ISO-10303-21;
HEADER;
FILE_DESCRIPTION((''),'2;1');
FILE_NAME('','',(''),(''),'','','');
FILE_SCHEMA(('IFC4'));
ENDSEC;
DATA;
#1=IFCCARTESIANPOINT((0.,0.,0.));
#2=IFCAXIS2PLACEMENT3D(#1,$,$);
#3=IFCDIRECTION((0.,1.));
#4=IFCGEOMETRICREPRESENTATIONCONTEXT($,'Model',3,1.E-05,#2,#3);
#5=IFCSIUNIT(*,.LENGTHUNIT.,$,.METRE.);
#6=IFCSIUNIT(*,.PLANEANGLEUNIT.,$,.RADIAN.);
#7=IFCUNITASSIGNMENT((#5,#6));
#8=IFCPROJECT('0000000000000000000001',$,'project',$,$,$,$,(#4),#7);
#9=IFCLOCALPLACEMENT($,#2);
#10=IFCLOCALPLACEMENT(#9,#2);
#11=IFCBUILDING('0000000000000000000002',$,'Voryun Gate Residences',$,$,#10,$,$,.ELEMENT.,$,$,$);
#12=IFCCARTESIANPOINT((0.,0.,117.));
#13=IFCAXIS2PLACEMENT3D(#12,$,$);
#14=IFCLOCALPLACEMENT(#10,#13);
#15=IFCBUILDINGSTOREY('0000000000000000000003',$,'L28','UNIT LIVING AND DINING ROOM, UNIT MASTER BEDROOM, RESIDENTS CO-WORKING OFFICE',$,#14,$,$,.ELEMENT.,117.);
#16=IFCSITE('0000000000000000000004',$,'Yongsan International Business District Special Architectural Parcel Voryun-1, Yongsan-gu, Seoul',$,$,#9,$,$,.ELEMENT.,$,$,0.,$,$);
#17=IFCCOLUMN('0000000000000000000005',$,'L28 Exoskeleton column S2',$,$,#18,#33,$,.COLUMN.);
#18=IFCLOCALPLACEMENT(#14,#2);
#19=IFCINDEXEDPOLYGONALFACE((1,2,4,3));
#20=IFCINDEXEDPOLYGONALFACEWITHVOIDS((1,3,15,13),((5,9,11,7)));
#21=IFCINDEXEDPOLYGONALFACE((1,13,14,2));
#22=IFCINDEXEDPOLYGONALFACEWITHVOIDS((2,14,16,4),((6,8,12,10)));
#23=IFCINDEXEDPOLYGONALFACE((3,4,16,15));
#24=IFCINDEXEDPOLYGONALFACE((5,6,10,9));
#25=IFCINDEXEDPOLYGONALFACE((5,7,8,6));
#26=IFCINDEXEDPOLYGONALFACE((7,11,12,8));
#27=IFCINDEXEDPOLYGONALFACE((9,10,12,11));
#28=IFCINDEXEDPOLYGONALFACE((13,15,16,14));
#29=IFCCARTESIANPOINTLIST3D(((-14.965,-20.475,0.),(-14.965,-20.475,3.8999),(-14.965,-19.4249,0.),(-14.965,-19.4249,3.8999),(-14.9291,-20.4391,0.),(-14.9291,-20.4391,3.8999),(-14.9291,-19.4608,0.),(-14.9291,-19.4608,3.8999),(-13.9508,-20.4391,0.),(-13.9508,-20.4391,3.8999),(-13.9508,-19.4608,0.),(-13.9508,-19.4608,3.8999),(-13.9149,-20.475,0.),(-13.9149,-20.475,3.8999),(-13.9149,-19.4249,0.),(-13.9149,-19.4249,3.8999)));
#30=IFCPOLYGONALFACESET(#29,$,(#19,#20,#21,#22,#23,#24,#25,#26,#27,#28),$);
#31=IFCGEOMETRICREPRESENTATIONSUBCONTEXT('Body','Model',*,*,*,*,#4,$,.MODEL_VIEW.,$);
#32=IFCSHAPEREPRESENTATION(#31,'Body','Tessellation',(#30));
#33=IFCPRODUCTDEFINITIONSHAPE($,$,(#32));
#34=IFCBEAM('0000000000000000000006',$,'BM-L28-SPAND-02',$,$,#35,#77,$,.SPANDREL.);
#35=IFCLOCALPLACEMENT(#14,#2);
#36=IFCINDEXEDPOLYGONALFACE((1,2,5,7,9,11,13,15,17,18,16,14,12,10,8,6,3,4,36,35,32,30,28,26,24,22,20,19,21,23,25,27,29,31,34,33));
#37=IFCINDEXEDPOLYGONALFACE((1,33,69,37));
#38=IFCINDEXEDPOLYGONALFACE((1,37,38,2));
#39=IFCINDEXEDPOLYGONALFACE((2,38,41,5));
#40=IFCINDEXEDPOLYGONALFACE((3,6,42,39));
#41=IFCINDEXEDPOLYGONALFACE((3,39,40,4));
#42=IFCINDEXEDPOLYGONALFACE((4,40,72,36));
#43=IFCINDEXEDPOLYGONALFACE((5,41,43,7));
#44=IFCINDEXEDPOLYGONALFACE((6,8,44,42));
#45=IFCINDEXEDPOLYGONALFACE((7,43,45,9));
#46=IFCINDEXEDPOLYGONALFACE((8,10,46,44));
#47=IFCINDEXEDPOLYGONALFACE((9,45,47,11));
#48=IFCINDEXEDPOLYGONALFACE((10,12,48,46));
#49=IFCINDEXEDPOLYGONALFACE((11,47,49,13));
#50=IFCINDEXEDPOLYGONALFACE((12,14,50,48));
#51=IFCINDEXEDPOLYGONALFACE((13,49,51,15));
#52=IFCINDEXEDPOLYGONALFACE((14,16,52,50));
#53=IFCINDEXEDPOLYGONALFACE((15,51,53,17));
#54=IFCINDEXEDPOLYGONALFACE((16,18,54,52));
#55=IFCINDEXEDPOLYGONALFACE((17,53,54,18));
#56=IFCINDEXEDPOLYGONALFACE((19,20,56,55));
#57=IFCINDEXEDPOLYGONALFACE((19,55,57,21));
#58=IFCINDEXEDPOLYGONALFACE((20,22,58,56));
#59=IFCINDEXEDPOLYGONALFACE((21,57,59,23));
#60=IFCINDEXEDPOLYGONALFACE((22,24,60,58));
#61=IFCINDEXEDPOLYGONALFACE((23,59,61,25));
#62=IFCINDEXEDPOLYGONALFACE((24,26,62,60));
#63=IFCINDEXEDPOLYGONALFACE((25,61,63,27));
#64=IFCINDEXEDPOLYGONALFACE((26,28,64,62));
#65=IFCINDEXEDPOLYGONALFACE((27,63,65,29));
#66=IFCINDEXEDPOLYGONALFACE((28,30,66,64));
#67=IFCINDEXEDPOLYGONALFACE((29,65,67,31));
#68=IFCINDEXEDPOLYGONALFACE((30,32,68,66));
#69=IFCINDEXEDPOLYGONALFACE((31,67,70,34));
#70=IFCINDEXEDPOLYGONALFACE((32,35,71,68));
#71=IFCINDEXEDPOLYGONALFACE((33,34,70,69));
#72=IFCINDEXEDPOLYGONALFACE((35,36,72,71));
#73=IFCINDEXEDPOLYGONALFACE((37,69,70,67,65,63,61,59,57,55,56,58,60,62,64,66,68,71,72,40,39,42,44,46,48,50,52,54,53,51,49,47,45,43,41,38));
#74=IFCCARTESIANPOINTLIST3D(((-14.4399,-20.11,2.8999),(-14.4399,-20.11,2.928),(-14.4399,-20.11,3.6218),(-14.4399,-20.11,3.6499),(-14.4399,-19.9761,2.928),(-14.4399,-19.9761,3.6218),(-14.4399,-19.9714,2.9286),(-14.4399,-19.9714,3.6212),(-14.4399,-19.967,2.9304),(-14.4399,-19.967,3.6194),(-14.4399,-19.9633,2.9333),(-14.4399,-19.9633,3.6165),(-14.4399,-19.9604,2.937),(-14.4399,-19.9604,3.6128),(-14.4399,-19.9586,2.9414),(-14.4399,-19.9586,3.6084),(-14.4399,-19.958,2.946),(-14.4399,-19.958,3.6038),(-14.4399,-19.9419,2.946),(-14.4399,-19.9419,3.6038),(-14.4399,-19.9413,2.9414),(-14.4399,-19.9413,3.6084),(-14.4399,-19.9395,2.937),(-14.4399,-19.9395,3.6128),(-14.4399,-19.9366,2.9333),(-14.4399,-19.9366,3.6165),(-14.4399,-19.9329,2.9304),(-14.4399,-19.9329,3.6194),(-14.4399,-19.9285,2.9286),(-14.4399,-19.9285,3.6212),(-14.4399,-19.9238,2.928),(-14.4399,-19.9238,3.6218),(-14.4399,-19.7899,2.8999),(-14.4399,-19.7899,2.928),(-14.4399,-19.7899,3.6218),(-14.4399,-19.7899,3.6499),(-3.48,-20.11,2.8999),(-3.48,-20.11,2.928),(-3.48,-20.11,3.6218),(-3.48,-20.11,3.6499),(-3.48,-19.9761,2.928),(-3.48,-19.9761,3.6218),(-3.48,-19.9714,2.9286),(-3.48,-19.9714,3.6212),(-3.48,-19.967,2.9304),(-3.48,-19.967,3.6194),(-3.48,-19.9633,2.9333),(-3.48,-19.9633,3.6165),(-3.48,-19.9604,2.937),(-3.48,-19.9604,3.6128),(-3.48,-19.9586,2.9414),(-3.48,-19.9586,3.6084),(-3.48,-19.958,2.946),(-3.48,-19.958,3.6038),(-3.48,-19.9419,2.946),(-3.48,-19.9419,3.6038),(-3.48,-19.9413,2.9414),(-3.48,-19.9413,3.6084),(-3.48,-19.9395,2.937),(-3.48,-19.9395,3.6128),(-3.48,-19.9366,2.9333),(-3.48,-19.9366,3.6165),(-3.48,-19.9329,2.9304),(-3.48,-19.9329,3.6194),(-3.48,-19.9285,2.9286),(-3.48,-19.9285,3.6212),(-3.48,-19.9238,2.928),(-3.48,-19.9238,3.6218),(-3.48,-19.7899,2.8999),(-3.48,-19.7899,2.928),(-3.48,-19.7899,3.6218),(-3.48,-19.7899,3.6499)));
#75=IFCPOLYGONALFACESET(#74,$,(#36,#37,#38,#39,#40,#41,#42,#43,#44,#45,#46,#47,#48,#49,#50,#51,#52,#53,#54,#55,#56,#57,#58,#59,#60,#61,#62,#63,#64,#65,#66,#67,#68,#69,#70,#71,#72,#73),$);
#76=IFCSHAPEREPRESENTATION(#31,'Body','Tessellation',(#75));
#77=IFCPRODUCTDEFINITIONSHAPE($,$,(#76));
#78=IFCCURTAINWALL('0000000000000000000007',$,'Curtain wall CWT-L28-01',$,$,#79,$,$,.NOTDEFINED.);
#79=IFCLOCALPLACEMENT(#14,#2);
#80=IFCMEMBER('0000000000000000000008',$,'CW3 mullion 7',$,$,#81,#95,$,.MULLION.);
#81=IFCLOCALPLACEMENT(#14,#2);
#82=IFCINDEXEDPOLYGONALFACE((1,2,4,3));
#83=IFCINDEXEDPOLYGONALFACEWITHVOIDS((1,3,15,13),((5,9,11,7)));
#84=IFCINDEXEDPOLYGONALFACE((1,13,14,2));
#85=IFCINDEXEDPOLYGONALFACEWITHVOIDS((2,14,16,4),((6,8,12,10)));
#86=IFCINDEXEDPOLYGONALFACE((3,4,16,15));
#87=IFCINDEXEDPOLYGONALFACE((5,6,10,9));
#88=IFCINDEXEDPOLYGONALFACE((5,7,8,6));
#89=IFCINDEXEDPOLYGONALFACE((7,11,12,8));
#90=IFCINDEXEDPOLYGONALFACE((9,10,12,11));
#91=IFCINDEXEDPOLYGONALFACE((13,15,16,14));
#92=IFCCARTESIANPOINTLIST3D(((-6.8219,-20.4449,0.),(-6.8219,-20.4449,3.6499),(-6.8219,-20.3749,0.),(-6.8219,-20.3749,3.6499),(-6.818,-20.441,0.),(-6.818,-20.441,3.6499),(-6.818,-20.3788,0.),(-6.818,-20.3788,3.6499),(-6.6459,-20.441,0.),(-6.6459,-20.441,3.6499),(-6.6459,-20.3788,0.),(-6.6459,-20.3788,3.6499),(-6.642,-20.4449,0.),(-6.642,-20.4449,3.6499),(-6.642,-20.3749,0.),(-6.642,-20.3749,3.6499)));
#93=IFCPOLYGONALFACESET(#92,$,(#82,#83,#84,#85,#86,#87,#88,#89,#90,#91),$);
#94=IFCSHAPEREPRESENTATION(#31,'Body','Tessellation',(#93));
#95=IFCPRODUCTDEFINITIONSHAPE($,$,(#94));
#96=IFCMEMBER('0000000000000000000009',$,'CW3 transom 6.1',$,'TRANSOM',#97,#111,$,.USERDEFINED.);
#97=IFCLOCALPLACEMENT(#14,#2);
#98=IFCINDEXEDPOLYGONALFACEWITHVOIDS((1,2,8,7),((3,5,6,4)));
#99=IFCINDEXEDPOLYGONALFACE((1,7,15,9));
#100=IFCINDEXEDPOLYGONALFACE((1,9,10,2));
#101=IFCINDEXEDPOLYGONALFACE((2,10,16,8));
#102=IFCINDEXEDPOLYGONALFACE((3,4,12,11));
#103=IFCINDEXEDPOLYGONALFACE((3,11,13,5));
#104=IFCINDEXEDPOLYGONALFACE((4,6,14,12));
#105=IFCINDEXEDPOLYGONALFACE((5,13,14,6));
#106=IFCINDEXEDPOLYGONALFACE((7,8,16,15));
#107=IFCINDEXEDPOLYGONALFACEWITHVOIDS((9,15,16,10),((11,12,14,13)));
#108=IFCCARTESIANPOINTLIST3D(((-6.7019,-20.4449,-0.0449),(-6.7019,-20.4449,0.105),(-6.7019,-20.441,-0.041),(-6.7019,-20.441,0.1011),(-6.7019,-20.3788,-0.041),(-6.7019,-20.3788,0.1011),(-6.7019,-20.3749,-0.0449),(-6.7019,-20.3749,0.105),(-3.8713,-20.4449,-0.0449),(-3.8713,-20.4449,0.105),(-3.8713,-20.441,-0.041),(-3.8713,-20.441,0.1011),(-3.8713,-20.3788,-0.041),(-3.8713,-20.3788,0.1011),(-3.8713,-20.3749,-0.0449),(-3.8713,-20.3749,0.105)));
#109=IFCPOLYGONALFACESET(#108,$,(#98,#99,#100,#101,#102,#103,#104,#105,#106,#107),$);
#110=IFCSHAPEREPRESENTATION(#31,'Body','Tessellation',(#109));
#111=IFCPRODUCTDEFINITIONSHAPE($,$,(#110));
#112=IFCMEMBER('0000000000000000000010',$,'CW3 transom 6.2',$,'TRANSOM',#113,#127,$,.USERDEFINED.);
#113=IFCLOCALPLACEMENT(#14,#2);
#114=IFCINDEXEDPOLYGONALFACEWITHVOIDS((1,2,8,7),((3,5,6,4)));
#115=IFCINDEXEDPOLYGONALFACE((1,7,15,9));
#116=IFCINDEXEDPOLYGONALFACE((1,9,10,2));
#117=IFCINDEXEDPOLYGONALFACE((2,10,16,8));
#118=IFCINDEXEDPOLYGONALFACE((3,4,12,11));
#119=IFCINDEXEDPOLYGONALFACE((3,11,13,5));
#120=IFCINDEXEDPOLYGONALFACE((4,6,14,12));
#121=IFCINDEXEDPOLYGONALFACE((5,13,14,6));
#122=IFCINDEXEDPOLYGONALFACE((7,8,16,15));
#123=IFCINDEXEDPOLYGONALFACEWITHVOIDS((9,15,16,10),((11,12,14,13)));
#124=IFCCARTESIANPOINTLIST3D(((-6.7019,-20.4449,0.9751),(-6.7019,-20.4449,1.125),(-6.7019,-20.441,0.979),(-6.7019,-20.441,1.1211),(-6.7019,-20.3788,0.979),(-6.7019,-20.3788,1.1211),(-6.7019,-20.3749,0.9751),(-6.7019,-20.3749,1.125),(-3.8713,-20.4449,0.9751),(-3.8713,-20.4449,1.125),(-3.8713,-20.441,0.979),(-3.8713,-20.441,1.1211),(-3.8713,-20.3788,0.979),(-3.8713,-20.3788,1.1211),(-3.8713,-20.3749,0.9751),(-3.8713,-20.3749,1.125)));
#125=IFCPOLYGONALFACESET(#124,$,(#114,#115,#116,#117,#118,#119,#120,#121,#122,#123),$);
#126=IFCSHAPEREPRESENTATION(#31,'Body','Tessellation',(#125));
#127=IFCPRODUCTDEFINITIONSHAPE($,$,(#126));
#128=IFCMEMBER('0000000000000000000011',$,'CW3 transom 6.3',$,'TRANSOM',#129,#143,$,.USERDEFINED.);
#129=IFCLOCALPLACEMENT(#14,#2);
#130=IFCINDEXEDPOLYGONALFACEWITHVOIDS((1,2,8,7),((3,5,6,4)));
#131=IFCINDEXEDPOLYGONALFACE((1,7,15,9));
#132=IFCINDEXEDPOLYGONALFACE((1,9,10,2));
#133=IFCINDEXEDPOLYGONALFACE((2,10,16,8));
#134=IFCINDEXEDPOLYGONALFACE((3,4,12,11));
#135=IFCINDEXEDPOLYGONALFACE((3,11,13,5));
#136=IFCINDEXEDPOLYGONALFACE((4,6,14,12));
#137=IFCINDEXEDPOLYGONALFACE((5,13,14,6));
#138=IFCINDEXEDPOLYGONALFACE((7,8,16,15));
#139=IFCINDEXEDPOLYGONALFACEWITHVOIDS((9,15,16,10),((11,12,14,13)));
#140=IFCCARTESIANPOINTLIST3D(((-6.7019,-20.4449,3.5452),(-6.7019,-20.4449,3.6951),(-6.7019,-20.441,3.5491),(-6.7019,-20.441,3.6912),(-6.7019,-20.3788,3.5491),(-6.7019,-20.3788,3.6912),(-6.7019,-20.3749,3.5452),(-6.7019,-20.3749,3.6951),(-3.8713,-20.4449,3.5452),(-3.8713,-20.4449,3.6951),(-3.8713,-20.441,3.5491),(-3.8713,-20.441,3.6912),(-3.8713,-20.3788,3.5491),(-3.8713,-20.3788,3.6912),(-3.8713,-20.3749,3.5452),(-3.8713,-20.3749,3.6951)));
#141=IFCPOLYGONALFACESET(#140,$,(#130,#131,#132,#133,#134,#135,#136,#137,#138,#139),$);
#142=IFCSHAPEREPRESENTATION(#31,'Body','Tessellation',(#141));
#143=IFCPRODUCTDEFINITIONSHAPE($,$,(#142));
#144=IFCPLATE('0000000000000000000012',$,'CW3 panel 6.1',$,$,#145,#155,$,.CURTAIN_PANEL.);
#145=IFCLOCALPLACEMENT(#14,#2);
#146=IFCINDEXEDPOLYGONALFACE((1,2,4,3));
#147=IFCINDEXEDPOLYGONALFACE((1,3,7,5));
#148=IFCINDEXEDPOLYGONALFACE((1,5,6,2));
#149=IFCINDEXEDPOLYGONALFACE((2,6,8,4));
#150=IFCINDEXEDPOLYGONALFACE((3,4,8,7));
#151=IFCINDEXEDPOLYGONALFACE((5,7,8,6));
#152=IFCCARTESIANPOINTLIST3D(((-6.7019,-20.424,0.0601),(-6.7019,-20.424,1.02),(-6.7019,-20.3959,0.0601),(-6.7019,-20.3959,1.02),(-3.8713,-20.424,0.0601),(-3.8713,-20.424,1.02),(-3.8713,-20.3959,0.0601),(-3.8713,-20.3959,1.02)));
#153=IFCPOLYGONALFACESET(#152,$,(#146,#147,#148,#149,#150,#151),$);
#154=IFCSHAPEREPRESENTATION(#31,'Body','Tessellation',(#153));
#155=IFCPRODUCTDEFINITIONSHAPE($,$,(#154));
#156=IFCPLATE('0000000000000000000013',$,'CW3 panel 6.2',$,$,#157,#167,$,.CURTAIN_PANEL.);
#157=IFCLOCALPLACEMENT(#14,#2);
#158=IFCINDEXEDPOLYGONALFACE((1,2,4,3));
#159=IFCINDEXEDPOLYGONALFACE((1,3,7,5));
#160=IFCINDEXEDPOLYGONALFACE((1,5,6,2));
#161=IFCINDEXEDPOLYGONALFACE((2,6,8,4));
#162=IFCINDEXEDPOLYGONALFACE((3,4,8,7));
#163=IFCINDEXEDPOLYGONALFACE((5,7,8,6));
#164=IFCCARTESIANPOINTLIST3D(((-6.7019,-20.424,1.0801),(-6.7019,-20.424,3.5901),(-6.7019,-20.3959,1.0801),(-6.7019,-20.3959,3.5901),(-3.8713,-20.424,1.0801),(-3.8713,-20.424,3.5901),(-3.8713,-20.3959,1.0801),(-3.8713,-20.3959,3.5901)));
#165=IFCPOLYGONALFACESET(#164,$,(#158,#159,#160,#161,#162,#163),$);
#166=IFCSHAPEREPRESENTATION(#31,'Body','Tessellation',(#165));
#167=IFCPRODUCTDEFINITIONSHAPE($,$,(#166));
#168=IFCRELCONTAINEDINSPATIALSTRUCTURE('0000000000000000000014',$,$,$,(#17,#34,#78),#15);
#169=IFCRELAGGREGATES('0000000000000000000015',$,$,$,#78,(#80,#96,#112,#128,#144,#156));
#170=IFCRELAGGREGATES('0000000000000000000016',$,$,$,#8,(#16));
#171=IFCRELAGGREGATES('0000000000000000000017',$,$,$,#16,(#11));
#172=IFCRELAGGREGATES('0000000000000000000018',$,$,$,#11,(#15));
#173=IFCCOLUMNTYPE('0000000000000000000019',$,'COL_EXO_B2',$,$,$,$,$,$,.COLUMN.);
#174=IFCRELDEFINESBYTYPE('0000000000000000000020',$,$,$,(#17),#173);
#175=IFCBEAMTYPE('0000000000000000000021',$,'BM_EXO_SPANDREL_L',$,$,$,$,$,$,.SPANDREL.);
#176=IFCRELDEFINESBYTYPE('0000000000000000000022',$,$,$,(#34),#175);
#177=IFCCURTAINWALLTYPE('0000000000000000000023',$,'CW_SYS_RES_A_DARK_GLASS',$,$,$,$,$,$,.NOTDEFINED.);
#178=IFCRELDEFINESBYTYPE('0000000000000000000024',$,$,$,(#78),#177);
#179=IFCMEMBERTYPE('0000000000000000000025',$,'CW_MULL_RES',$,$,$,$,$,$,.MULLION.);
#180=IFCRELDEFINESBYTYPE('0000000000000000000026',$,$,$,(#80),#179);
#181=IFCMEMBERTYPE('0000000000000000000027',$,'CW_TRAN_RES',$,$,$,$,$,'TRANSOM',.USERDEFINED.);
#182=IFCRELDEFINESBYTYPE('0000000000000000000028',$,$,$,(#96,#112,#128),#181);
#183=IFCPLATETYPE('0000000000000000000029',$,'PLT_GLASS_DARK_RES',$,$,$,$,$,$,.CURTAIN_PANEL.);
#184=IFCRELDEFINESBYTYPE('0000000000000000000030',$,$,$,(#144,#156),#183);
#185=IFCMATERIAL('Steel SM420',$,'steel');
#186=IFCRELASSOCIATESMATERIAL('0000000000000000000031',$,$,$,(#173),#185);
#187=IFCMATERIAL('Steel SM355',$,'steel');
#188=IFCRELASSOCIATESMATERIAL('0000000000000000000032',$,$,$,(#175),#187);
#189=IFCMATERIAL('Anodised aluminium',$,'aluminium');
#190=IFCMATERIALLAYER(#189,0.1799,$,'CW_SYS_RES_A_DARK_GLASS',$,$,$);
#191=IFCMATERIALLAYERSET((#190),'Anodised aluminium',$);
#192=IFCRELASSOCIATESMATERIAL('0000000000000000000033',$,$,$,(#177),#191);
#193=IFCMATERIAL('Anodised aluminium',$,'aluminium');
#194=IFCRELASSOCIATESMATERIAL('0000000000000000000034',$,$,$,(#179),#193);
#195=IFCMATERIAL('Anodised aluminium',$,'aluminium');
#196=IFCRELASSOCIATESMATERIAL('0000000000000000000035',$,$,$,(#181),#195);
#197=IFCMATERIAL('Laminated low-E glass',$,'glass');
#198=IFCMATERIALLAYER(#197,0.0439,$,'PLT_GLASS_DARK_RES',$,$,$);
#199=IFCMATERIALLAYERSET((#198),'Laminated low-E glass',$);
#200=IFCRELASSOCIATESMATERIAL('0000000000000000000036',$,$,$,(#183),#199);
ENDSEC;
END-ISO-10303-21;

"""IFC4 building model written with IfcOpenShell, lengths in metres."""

from ifc_helpers import new_model, si_unit, direction, frame, origin, origin_2d, place, context, subcontext, project, spatial, rectangle, hollow_rectangle, i_section, extrude, material, layer, layer_set, material_profile, profile_set, type_object, element, aggregate, save


model = new_model("IFC4")

# Units and contexts
model_context = context("Model", 3, precision=1e-05, world=origin(), true_north=direction((0.0, 1.0)))
body_context = subcontext(model_context, "Body", "Model", "MODEL_VIEW")
ifc_project = project(units=[si_unit("LENGTHUNIT", "METRE"), si_unit("PLANEANGLEUNIT", "RADIAN")], contexts=[model_context])

# Site, building, storey
site_placement = place(None, origin())
site = spatial("IfcSite", under=ifc_project, at=site_placement, Name="Yongsan International Business District Special Architectural Parcel Voryun-1, Yongsan-gu, Seoul", CompositionType="ELEMENT", RefElevation=0.0)
building_placement = place(site_placement, origin())
building = spatial("IfcBuilding", under=site, at=building_placement, Name="Voryun Gate Residences", CompositionType="ELEMENT")
storey_placement = place(building_placement, frame((0.0, 0.0, 117.0)))
storey = spatial("IfcBuildingStorey", under=building, at=storey_placement, Name="L28", Description="UNIT LIVING AND DINING ROOM, UNIT MASTER BEDROOM, RESIDENTS CO-WORKING OFFICE", CompositionType="ELEMENT", Elevation=117.0)

# Column
ifc_material_1 = material(Name="Steel SM420", Category="steel")
ifc_material_profile_1 = material_profile(ifc_material_1, hollow_rectangle(XDim=1.05, YDim=1.05, WallThickness=0.0359, at=origin_2d()), Name="BOX-1050x1050x36")
ifc_profile_set_1 = profile_set([ifc_material_profile_1], Name="Steel SM420")
column_type = type_object("IfcColumnType", Name="COL_EXO_B2", PredefinedType="COLUMN", material=ifc_profile_set_1)
column_placement = place(storey_placement, frame((-14.4399, -19.95, 0.0), z_axis=(0.0, 0.0, 1.0), x_axis=(1.0, 0.0, 0.0)))
element("IfcColumn", 1, at=column_placement, inside=storey, type_object=column_type, Name="L28 Exoskeleton column S2", PredefinedType="COLUMN", context=body_context, shape_type="SweptSolid", body=[
    extrude(hollow_rectangle(XDim=1.05, YDim=1.05, WallThickness=0.0359, at=origin_2d()), origin(), (0.0, 0.0, 1.0), 3.8999),
])

# Beam
ifc_material_2 = material(Name="Steel SM355", Category="steel")
ifc_material_profile_2 = material_profile(ifc_material_2, i_section(OverallWidth=0.3201, OverallDepth=0.75, WebThickness=0.0161, FlangeThickness=0.0281, FilletRadius=0.0181, at=origin_2d()), Name="H-750x320x16x28")
ifc_profile_set_2 = profile_set([ifc_material_profile_2], Name="Steel SM355")
beam_type = type_object("IfcBeamType", Name="BM_EXO_SPANDREL_L", PredefinedType="SPANDREL", material=ifc_profile_set_2)
beam_placement = place(storey_placement, frame((-14.4399, -19.95, 3.2749), z_axis=(1.0, 0.0, 0.0), x_axis=(0.0, 1.0, 0.0)))
element("IfcBeam", 2, at=beam_placement, inside=storey, type_object=beam_type, Name="BM-L28-SPAND-02", PredefinedType="SPANDREL", context=body_context, shape_type="SweptSolid", body=[
    extrude(i_section(OverallWidth=0.3201, OverallDepth=0.75, WebThickness=0.0161, FlangeThickness=0.0281, FilletRadius=0.0181, at=origin_2d()), origin(), (0.0, 0.0, 1.0), 10.96),
])

# Curtain wall, members, plates
ifc_material_3 = material(Name="Anodised aluminium", Category="aluminium")
ifc_layer_1 = layer(ifc_material_3, 0.1799, Name="CW_SYS_RES_A_DARK_GLASS")
ifc_layer_set_1 = layer_set([ifc_layer_1], Name="Anodised aluminium")
curtain_wall_type = type_object("IfcCurtainWallType", Name="CW_SYS_RES_A_DARK_GLASS", PredefinedType="NOTDEFINED", material=ifc_layer_set_1)
curtain_wall_placement = place(storey_placement, origin())
curtain_wall = element("IfcCurtainWall", 3, at=curtain_wall_placement, inside=storey, type_object=curtain_wall_type, Name="Curtain wall CWT-L28-01", PredefinedType="NOTDEFINED")
ifc_material_4 = material(Name="Anodised aluminium", Category="aluminium")
ifc_material_profile_3 = material_profile(ifc_material_4, hollow_rectangle(XDim=0.0701, YDim=0.1799, WallThickness=0.0039, at=origin_2d()), Name="ALU-MULL-180x70x4")
ifc_profile_set_3 = profile_set([ifc_material_profile_3], Name="Anodised aluminium")
member_type_1 = type_object("IfcMemberType", Name="CW_MULL_RES", PredefinedType="MULLION", material=ifc_profile_set_3)
member_1_placement = place(storey_placement, frame((-6.7319, -20.4099, 0.0), z_axis=(0.0, 0.0, 1.0), x_axis=(0.0, -1.0, 0.0)))
member_1 = element("IfcMember", 4, at=member_1_placement, type_object=member_type_1, Name="CW3 mullion 7", PredefinedType="MULLION", context=body_context, shape_type="SweptSolid", body=[
    extrude(hollow_rectangle(XDim=0.0701, YDim=0.1799, WallThickness=0.0039, at=origin_2d()), origin(), (0.0, 0.0, 1.0), 3.6499),
])
ifc_material_5 = material(Name="Anodised aluminium", Category="aluminium")
ifc_material_profile_4 = material_profile(ifc_material_5, hollow_rectangle(XDim=0.0701, YDim=0.1499, WallThickness=0.0039, at=origin_2d()), Name="ALU-TRAN-150x70x4")
ifc_profile_set_4 = profile_set([ifc_material_profile_4], Name="Anodised aluminium")
member_type_2 = type_object("IfcMemberType", Name="CW_TRAN_RES", ElementType="TRANSOM", PredefinedType="USERDEFINED", material=ifc_profile_set_4)
member_2_placement = place(storey_placement, frame((-3.8713, -20.4099, 0.03), z_axis=(-1.0, 0.0, 0.0), x_axis=(0.0, -1.0, 0.0)))
member_2 = element("IfcMember", 5, at=member_2_placement, type_object=member_type_2, Name="CW3 transom 6.1", ObjectType="TRANSOM", PredefinedType="USERDEFINED", context=body_context, shape_type="SweptSolid", body=[
    extrude(hollow_rectangle(XDim=0.0701, YDim=0.1499, WallThickness=0.0039, at=origin_2d()), origin(), (0.0, 0.0, 1.0), 2.8306),
])
member_3_placement = place(storey_placement, frame((-3.8713, -20.4099, 1.05), z_axis=(-1.0, 0.0, 0.0), x_axis=(0.0, -1.0, 0.0)))
member_3 = element("IfcMember", 6, at=member_3_placement, type_object=member_type_2, Name="CW3 transom 6.2", ObjectType="TRANSOM", PredefinedType="USERDEFINED", context=body_context, shape_type="SweptSolid", body=[
    extrude(hollow_rectangle(XDim=0.0701, YDim=0.1499, WallThickness=0.0039, at=origin_2d()), origin(), (0.0, 0.0, 1.0), 2.8306),
])
member_4_placement = place(storey_placement, frame((-3.8713, -20.4099, 3.6201), z_axis=(-1.0, 0.0, 0.0), x_axis=(0.0, -1.0, 0.0)))
member_4 = element("IfcMember", 7, at=member_4_placement, type_object=member_type_2, Name="CW3 transom 6.3", ObjectType="TRANSOM", PredefinedType="USERDEFINED", context=body_context, shape_type="SweptSolid", body=[
    extrude(hollow_rectangle(XDim=0.0701, YDim=0.1499, WallThickness=0.0039, at=origin_2d()), origin(), (0.0, 0.0, 1.0), 2.8306),
])
ifc_material_6 = material(Name="Laminated low-E glass", Category="glass")
ifc_layer_2 = layer(ifc_material_6, 0.0439, Name="PLT_GLASS_DARK_RES")
ifc_layer_set_2 = layer_set([ifc_layer_2], Name="Laminated low-E glass")
plate_type = type_object("IfcPlateType", Name="PLT_GLASS_DARK_RES", PredefinedType="CURTAIN_PANEL", material=ifc_layer_set_2)
plate_1_placement = place(storey_placement, frame((-5.2866, -20.4099, 0.0601), z_axis=(0.0, 0.0, 1.0), x_axis=(-1.0, 0.0, 0.0)))
plate_1 = element("IfcPlate", 8, at=plate_1_placement, type_object=plate_type, Name="CW3 panel 6.1", PredefinedType="CURTAIN_PANEL", context=body_context, shape_type="SweptSolid", body=[
    extrude(rectangle(XDim=2.8306, YDim=0.0281, at=origin_2d()), origin(), (0.0, 0.0, 1.0), 0.96),
])
plate_2_placement = place(storey_placement, frame((-5.2866, -20.4099, 1.0801), z_axis=(0.0, 0.0, 1.0), x_axis=(-1.0, 0.0, 0.0)))
plate_2 = element("IfcPlate", 9, at=plate_2_placement, type_object=plate_type, Name="CW3 panel 6.2", PredefinedType="CURTAIN_PANEL", context=body_context, shape_type="SweptSolid", body=[
    extrude(rectangle(XDim=2.8306, YDim=0.0281, at=origin_2d()), origin(), (0.0, 0.0, 1.0), 2.51),
])
aggregate(curtain_wall, [member_1, member_2, member_3, member_4, plate_1, plate_2])

save(model, "model.ifc")
